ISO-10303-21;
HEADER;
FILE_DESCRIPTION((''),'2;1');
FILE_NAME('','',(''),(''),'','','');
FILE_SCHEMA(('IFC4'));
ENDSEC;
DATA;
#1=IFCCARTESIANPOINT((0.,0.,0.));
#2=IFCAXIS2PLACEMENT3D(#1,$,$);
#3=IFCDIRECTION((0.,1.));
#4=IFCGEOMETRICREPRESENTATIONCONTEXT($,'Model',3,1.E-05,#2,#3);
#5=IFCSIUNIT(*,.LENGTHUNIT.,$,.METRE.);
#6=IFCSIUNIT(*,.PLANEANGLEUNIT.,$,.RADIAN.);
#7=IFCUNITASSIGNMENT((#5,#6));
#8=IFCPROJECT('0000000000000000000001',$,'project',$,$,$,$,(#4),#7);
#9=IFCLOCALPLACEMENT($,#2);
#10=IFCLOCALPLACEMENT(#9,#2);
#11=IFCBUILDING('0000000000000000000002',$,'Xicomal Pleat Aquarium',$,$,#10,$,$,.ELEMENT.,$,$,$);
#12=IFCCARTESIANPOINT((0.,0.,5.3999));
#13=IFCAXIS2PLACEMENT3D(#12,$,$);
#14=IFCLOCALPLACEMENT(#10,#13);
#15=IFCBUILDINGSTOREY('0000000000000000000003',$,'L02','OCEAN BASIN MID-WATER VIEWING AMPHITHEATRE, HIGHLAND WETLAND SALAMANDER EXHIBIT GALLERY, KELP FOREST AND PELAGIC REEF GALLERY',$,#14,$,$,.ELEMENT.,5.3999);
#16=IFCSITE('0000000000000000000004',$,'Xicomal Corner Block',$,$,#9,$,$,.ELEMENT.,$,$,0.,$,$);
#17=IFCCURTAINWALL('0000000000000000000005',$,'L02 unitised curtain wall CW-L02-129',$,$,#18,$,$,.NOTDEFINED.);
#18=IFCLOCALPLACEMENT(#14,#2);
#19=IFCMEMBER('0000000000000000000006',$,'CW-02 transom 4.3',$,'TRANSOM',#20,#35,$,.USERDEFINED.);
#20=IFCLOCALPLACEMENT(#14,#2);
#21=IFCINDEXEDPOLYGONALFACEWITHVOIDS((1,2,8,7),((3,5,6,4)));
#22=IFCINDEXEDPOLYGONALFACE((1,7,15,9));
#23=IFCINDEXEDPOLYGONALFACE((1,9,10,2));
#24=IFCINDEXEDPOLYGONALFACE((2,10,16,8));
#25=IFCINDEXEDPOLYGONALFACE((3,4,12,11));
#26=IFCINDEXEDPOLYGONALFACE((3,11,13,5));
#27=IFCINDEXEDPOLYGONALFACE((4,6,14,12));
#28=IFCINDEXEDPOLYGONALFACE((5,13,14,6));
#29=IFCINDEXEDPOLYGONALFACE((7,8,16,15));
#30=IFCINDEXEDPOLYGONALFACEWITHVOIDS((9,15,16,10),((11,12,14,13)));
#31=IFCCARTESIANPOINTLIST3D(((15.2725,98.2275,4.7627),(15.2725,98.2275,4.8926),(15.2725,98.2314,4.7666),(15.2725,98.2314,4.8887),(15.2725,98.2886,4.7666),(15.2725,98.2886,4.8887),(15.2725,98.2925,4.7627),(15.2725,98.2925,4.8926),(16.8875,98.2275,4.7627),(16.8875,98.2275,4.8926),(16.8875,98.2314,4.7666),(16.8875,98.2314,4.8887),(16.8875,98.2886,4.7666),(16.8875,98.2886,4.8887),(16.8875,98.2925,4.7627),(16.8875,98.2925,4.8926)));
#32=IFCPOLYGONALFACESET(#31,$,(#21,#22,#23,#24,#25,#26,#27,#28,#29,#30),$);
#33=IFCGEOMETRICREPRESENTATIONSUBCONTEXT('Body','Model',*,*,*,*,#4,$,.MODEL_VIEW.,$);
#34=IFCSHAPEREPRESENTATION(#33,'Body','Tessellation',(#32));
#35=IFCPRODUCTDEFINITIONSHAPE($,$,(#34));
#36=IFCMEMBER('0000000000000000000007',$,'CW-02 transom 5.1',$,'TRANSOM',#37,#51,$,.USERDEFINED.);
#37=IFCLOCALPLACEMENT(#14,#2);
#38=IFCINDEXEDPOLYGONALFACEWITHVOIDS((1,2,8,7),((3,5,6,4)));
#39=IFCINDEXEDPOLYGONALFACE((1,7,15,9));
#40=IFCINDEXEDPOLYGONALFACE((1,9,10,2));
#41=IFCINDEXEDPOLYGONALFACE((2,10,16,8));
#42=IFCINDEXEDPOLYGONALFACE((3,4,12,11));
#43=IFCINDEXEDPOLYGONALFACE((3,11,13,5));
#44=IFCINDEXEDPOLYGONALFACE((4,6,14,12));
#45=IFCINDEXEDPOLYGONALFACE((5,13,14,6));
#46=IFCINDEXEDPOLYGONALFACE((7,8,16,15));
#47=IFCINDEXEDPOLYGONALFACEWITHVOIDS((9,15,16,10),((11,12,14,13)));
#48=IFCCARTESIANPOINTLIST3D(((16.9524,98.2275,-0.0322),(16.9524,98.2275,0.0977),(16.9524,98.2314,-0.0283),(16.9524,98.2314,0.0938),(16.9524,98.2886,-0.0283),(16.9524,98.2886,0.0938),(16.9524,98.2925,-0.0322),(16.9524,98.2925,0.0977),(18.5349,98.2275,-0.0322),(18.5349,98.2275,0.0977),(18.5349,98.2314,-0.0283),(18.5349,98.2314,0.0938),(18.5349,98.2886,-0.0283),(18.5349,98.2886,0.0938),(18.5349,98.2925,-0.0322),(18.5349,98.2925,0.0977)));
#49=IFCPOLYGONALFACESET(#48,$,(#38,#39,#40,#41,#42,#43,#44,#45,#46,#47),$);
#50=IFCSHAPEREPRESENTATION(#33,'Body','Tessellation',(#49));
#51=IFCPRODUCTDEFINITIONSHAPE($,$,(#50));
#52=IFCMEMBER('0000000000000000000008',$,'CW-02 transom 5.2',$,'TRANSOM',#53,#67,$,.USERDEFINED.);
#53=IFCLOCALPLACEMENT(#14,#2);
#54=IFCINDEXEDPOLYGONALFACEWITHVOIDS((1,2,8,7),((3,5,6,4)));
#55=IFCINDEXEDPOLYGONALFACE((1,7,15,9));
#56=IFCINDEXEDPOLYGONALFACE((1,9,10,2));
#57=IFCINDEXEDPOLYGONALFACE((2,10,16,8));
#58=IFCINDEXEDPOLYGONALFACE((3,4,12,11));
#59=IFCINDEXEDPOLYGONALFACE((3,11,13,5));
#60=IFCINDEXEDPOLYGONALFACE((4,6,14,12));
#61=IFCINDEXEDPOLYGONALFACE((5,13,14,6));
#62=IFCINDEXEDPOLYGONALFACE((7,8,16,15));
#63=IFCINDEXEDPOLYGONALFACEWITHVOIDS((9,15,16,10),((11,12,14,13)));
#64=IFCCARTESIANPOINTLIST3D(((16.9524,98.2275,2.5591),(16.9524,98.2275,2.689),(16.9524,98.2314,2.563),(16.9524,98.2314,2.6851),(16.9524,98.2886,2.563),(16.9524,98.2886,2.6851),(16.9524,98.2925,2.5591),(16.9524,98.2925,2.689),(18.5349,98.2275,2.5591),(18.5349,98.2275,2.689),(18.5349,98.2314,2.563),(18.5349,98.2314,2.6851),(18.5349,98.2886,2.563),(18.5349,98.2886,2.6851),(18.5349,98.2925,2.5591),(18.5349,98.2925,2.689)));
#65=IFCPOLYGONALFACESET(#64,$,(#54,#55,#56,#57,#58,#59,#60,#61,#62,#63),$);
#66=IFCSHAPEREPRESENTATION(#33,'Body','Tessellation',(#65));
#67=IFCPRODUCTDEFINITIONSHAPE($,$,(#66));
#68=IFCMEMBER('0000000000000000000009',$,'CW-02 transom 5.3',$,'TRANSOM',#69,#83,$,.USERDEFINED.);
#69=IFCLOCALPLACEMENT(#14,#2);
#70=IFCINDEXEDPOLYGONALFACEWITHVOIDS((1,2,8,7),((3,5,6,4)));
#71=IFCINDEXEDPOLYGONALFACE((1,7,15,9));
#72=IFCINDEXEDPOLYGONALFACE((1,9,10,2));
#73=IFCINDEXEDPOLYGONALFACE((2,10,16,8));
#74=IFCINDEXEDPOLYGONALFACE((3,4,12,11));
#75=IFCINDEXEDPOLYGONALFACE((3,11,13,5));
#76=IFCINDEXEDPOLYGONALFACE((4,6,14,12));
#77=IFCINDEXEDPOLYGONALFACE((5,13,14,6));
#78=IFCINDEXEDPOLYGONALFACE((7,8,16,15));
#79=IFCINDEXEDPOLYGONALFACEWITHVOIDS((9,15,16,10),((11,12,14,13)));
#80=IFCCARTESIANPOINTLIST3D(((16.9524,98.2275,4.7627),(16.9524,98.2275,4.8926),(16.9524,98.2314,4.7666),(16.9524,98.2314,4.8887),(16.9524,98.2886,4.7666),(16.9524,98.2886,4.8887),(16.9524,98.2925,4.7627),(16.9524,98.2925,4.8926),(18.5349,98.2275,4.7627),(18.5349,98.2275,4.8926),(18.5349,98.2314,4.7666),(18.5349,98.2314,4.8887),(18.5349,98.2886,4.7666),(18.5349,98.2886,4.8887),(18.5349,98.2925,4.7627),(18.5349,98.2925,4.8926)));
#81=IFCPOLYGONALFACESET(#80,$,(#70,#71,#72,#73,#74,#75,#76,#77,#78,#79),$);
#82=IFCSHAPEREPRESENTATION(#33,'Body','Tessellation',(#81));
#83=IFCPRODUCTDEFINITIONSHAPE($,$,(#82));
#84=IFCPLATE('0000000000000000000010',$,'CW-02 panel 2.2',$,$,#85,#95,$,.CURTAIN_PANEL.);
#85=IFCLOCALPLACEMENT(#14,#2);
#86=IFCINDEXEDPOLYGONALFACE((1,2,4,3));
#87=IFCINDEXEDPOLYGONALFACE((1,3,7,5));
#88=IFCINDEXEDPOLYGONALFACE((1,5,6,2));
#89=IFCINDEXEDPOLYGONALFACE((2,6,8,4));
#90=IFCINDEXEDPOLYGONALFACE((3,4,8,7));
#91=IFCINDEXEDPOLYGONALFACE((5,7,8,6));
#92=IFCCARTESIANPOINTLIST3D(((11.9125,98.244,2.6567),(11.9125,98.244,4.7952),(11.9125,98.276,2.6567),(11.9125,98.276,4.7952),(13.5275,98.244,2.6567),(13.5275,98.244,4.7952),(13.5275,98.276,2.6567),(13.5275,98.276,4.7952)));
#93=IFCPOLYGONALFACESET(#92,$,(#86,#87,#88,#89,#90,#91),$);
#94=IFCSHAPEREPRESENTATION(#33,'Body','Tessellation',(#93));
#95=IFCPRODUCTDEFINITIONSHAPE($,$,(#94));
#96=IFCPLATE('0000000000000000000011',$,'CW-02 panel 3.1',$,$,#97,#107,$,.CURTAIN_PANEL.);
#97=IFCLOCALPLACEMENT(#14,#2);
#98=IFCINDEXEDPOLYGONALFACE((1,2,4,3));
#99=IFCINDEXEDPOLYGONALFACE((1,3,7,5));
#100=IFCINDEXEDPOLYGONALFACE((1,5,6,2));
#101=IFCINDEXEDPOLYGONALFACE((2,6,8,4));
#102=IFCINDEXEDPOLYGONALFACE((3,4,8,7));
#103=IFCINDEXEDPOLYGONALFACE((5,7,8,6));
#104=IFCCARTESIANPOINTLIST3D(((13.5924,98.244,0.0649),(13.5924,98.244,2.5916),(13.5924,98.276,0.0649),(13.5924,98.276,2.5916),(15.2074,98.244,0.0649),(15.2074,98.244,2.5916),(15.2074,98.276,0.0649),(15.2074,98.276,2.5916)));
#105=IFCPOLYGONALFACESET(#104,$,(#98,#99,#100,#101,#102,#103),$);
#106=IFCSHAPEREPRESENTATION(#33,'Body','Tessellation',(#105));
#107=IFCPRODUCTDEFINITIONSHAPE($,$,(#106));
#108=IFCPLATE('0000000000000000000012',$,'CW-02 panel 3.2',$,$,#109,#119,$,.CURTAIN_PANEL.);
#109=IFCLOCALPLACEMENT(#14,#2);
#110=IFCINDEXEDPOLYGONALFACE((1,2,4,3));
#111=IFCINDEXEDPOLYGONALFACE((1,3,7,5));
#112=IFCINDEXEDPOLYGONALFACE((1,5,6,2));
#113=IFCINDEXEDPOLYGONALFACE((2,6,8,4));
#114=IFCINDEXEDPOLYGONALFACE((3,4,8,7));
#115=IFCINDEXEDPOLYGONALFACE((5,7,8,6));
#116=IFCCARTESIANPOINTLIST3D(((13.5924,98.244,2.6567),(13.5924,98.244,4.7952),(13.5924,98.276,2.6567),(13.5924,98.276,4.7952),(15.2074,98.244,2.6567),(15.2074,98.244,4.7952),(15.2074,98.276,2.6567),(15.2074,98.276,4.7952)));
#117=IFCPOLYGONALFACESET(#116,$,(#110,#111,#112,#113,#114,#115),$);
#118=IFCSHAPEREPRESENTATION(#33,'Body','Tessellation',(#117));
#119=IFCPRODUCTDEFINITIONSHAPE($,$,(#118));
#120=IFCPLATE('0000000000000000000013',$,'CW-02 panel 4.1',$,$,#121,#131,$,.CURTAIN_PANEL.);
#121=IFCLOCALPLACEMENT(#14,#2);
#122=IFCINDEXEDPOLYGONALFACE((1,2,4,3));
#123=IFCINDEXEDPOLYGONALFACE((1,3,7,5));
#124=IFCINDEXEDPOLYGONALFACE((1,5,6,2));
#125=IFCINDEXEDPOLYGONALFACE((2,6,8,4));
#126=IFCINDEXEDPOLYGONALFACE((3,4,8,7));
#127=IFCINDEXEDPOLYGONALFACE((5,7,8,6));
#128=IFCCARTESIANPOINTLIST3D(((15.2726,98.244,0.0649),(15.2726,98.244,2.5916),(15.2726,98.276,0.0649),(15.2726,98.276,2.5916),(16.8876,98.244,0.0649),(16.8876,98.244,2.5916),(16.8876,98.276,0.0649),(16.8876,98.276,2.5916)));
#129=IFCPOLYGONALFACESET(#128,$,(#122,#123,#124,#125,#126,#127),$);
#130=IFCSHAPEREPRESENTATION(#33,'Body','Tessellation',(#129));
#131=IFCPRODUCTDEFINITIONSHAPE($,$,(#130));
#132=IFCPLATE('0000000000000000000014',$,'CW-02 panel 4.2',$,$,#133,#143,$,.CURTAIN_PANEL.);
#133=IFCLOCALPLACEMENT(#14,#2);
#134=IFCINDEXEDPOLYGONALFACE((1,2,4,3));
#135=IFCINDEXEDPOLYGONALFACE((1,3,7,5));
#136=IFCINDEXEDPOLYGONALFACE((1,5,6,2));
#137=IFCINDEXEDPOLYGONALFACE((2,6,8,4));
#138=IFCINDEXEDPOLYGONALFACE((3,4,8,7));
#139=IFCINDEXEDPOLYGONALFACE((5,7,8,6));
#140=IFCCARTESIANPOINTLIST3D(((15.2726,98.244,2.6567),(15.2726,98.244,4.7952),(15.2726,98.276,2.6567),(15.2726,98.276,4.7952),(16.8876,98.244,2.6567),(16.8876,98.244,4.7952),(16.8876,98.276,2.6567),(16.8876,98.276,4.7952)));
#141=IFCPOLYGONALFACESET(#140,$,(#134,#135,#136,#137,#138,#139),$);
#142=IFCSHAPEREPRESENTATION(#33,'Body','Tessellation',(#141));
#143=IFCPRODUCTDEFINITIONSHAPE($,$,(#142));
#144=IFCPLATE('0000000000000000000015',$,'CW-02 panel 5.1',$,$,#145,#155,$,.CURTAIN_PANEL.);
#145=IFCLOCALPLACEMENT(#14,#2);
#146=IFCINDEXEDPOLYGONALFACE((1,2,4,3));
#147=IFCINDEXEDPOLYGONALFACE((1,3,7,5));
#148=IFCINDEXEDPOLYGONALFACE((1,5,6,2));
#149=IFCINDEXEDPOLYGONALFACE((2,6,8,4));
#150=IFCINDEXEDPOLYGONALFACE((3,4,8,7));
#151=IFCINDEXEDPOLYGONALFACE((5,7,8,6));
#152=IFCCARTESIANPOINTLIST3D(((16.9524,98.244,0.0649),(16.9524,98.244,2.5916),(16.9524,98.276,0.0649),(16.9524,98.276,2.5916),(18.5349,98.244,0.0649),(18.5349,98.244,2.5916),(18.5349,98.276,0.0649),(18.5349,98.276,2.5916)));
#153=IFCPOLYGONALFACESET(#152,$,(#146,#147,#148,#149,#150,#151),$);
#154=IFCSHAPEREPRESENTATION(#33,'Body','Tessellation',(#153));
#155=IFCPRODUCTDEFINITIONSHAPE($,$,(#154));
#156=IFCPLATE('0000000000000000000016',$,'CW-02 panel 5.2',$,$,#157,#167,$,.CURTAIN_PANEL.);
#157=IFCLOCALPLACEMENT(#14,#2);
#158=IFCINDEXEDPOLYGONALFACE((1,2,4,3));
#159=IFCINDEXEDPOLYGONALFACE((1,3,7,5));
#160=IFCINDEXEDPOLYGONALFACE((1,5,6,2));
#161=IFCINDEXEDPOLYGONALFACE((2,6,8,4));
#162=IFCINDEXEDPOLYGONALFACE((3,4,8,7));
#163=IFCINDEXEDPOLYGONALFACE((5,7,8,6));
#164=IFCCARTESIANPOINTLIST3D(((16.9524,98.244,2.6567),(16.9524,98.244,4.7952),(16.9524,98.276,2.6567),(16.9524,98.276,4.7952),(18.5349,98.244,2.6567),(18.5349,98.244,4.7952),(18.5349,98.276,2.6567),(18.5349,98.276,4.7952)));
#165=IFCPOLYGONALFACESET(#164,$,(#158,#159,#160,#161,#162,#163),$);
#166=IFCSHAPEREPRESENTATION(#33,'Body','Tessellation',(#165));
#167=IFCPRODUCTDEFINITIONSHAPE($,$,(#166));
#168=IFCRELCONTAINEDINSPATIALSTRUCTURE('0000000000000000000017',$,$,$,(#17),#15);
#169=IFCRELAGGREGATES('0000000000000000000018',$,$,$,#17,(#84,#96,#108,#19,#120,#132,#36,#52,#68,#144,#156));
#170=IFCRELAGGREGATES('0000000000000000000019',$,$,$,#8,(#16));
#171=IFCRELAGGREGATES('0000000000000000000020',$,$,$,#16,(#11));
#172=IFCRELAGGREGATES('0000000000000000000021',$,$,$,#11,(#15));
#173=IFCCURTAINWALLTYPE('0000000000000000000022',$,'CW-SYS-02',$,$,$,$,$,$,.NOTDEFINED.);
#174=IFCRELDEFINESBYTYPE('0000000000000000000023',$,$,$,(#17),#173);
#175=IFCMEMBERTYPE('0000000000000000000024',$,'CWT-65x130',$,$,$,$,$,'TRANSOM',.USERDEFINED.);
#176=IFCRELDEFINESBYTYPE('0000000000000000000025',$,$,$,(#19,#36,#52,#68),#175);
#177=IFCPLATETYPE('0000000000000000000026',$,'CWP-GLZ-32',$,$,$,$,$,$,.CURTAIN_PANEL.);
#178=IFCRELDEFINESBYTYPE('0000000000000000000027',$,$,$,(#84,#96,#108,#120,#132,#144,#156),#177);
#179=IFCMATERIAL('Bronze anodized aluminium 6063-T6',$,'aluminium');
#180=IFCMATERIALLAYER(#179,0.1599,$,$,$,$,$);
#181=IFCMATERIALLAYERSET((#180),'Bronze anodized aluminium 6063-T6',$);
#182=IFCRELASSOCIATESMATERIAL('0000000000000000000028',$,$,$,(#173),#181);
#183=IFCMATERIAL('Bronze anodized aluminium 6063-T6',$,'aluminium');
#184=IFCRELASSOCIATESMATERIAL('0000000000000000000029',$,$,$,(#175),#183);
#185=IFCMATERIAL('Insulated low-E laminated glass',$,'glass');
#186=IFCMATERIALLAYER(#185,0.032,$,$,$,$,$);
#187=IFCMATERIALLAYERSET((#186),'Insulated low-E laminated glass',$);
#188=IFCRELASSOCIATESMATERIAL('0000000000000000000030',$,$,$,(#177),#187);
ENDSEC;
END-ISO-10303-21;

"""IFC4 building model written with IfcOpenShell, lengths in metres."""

from ifc_helpers import new_model, si_unit, direction, frame, origin, origin_2d, place, context, subcontext, project, spatial, rectangle, hollow_rectangle, extrude, material, layer, layer_set, material_profile, profile_set, type_object, element, aggregate, save


model = new_model("IFC4")

# Units and contexts
model_context = context("Model", 3, precision=1e-05, world=origin(), true_north=direction((0.0, 1.0)))
body_context = subcontext(model_context, "Body", "Model", "MODEL_VIEW")
ifc_project = project(units=[si_unit("LENGTHUNIT", "METRE"), si_unit("PLANEANGLEUNIT", "RADIAN")], contexts=[model_context])

# Site, building, storey
site_placement = place(None, origin())
site = spatial("IfcSite", under=ifc_project, at=site_placement, Name="Xicomal Corner Block", CompositionType="ELEMENT", RefElevation=0.0)
building_placement = place(site_placement, origin())
building = spatial("IfcBuilding", under=site, at=building_placement, Name="Xicomal Pleat Aquarium", CompositionType="ELEMENT")
storey_placement = place(building_placement, frame((0.0, 0.0, 5.3999)))
storey = spatial("IfcBuildingStorey", under=building, at=storey_placement, Name="L02", Description="OCEAN BASIN MID-WATER VIEWING AMPHITHEATRE, HIGHLAND WETLAND SALAMANDER EXHIBIT GALLERY, KELP FOREST AND PELAGIC REEF GALLERY", CompositionType="ELEMENT", Elevation=5.3999)

# Curtain wall
ifc_material_1 = material(Name="Bronze anodized aluminium 6063-T6", Category="aluminium")
ifc_layer_1 = layer(ifc_material_1, 0.1599)
ifc_layer_set_1 = layer_set([ifc_layer_1], Name="Bronze anodized aluminium 6063-T6")
curtain_wall_type_1 = type_object("IfcCurtainWallType", Name="CW-SYS-02", PredefinedType="NOTDEFINED", material=ifc_layer_set_1)
curtain_wall_1_placement = place(storey_placement, origin())
curtain_wall_1 = element("IfcCurtainWall", 1, at=curtain_wall_1_placement, inside=storey, type_object=curtain_wall_type_1, Name="L02 unitised curtain wall CW-L02-129", PredefinedType="NOTDEFINED")

# Members
ifc_material_2 = material(Name="Bronze anodized aluminium 6063-T6", Category="aluminium")
ifc_material_profile_1 = material_profile(ifc_material_2, hollow_rectangle(XDim=0.0649, YDim=0.1299, WallThickness=0.0039, at=origin_2d()), Name="ALU TRAN 65x130")
ifc_profile_set_1 = profile_set([ifc_material_profile_1], Name="Bronze anodized aluminium 6063-T6")
member_type_1 = type_object("IfcMemberType", Name="CWT-65x130", ElementType="TRANSOM", PredefinedType="USERDEFINED", material=ifc_profile_set_1)
member_1_placement = place(storey_placement, frame((15.2725, 98.26, 4.8276), z_axis=(1.0, 0.0, 0.0), x_axis=(0.0, 1.0, 0.0)))
member_1 = element("IfcMember", 2, at=member_1_placement, type_object=member_type_1, Name="CW-02 transom 4.3", ObjectType="TRANSOM", PredefinedType="USERDEFINED", context=body_context, shape_type="SweptSolid", body=[
    extrude(hollow_rectangle(XDim=0.0649, YDim=0.1299, WallThickness=0.0039, at=origin_2d()), origin(), (0.0, 0.0, 1.0), 1.615),
])
member_2_placement = place(storey_placement, frame((16.9524, 98.26, 0.0327), z_axis=(1.0, 0.0, 0.0), x_axis=(0.0, 1.0, 0.0)))
member_2 = element("IfcMember", 3, at=member_2_placement, type_object=member_type_1, Name="CW-02 transom 5.1", ObjectType="TRANSOM", PredefinedType="USERDEFINED", context=body_context, shape_type="SweptSolid", body=[
    extrude(hollow_rectangle(XDim=0.0649, YDim=0.1299, WallThickness=0.0039, at=origin_2d()), origin(), (0.0, 0.0, 1.0), 1.5825),
])
member_3_placement = place(storey_placement, frame((16.9524, 98.26, 2.624), z_axis=(1.0, 0.0, 0.0), x_axis=(0.0, 1.0, 0.0)))
member_3 = element("IfcMember", 4, at=member_3_placement, type_object=member_type_1, Name="CW-02 transom 5.2", ObjectType="TRANSOM", PredefinedType="USERDEFINED", context=body_context, shape_type="SweptSolid", body=[
    extrude(hollow_rectangle(XDim=0.0649, YDim=0.1299, WallThickness=0.0039, at=origin_2d()), origin(), (0.0, 0.0, 1.0), 1.5825),
])
member_4_placement = place(storey_placement, frame((16.9524, 98.26, 4.8276), z_axis=(1.0, 0.0, 0.0), x_axis=(0.0, 1.0, 0.0)))
member_4 = element("IfcMember", 5, at=member_4_placement, type_object=member_type_1, Name="CW-02 transom 5.3", ObjectType="TRANSOM", PredefinedType="USERDEFINED", context=body_context, shape_type="SweptSolid", body=[
    extrude(hollow_rectangle(XDim=0.0649, YDim=0.1299, WallThickness=0.0039, at=origin_2d()), origin(), (0.0, 0.0, 1.0), 1.5825),
])

# Plates
ifc_material_3 = material(Name="Insulated low-E laminated glass", Category="glass")
ifc_layer_2 = layer(ifc_material_3, 0.032)
ifc_layer_set_2 = layer_set([ifc_layer_2], Name="Insulated low-E laminated glass")
plate_type = type_object("IfcPlateType", Name="CWP-GLZ-32", PredefinedType="CURTAIN_PANEL", material=ifc_layer_set_2)
plate_1_placement = place(storey_placement, frame((12.72, 98.26, 2.6567), z_axis=(0.0, 0.0, 1.0), x_axis=(1.0, 0.0, 0.0)))
plate_1 = element("IfcPlate", 6, at=plate_1_placement, type_object=plate_type, Name="CW-02 panel 2.2", PredefinedType="CURTAIN_PANEL", context=body_context, shape_type="SweptSolid", body=[
    extrude(rectangle(XDim=1.615, YDim=0.032, at=origin_2d()), origin(), (0.0, 0.0, 1.0), 2.1384),
])
plate_2_placement = place(storey_placement, frame((14.3999, 98.26, 0.0649), z_axis=(0.0, 0.0, 1.0), x_axis=(1.0, 0.0, 0.0)))
plate_2 = element("IfcPlate", 7, at=plate_2_placement, type_object=plate_type, Name="CW-02 panel 3.1", PredefinedType="CURTAIN_PANEL", context=body_context, shape_type="SweptSolid", body=[
    extrude(rectangle(XDim=1.615, YDim=0.032, at=origin_2d()), origin(), (0.0, 0.0, 1.0), 2.5266),
])
plate_3_placement = place(storey_placement, frame((14.3999, 98.26, 2.6567), z_axis=(0.0, 0.0, 1.0), x_axis=(1.0, 0.0, 0.0)))
plate_3 = element("IfcPlate", 8, at=plate_3_placement, type_object=plate_type, Name="CW-02 panel 3.2", PredefinedType="CURTAIN_PANEL", context=body_context, shape_type="SweptSolid", body=[
    extrude(rectangle(XDim=1.615, YDim=0.032, at=origin_2d()), origin(), (0.0, 0.0, 1.0), 2.1384),
])
plate_4_placement = place(storey_placement, frame((16.0801, 98.26, 0.0649), z_axis=(0.0, 0.0, 1.0), x_axis=(1.0, 0.0, 0.0)))
plate_4 = element("IfcPlate", 9, at=plate_4_placement, type_object=plate_type, Name="CW-02 panel 4.1", PredefinedType="CURTAIN_PANEL", context=body_context, shape_type="SweptSolid", body=[
    extrude(rectangle(XDim=1.615, YDim=0.032, at=origin_2d()), origin(), (0.0, 0.0, 1.0), 2.5266),
])
plate_5_placement = place(storey_placement, frame((16.0801, 98.26, 2.6567), z_axis=(0.0, 0.0, 1.0), x_axis=(1.0, 0.0, 0.0)))
plate_5 = element("IfcPlate", 10, at=plate_5_placement, type_object=plate_type, Name="CW-02 panel 4.2", PredefinedType="CURTAIN_PANEL", context=body_context, shape_type="SweptSolid", body=[
    extrude(rectangle(XDim=1.615, YDim=0.032, at=origin_2d()), origin(), (0.0, 0.0, 1.0), 2.1384),
])
plate_6_placement = place(storey_placement, frame((17.7437, 98.26, 0.0649), z_axis=(0.0, 0.0, 1.0), x_axis=(1.0, 0.0, 0.0)))
plate_6 = element("IfcPlate", 11, at=plate_6_placement, type_object=plate_type, Name="CW-02 panel 5.1", PredefinedType="CURTAIN_PANEL", context=body_context, shape_type="SweptSolid", body=[
    extrude(rectangle(XDim=1.5825, YDim=0.032, at=origin_2d()), origin(), (0.0, 0.0, 1.0), 2.5266),
])
plate_7_placement = place(storey_placement, frame((17.7437, 98.26, 2.6567), z_axis=(0.0, 0.0, 1.0), x_axis=(1.0, 0.0, 0.0)))
plate_7 = element("IfcPlate", 12, at=plate_7_placement, type_object=plate_type, Name="CW-02 panel 5.2", PredefinedType="CURTAIN_PANEL", context=body_context, shape_type="SweptSolid", body=[
    extrude(rectangle(XDim=1.5825, YDim=0.032, at=origin_2d()), origin(), (0.0, 0.0, 1.0), 2.1384),
])
aggregate(curtain_wall_1, [plate_1, plate_2, plate_3, member_1, plate_4, plate_5, member_2, member_3, member_4, plate_6, plate_7])

save(model, "model.ifc")
